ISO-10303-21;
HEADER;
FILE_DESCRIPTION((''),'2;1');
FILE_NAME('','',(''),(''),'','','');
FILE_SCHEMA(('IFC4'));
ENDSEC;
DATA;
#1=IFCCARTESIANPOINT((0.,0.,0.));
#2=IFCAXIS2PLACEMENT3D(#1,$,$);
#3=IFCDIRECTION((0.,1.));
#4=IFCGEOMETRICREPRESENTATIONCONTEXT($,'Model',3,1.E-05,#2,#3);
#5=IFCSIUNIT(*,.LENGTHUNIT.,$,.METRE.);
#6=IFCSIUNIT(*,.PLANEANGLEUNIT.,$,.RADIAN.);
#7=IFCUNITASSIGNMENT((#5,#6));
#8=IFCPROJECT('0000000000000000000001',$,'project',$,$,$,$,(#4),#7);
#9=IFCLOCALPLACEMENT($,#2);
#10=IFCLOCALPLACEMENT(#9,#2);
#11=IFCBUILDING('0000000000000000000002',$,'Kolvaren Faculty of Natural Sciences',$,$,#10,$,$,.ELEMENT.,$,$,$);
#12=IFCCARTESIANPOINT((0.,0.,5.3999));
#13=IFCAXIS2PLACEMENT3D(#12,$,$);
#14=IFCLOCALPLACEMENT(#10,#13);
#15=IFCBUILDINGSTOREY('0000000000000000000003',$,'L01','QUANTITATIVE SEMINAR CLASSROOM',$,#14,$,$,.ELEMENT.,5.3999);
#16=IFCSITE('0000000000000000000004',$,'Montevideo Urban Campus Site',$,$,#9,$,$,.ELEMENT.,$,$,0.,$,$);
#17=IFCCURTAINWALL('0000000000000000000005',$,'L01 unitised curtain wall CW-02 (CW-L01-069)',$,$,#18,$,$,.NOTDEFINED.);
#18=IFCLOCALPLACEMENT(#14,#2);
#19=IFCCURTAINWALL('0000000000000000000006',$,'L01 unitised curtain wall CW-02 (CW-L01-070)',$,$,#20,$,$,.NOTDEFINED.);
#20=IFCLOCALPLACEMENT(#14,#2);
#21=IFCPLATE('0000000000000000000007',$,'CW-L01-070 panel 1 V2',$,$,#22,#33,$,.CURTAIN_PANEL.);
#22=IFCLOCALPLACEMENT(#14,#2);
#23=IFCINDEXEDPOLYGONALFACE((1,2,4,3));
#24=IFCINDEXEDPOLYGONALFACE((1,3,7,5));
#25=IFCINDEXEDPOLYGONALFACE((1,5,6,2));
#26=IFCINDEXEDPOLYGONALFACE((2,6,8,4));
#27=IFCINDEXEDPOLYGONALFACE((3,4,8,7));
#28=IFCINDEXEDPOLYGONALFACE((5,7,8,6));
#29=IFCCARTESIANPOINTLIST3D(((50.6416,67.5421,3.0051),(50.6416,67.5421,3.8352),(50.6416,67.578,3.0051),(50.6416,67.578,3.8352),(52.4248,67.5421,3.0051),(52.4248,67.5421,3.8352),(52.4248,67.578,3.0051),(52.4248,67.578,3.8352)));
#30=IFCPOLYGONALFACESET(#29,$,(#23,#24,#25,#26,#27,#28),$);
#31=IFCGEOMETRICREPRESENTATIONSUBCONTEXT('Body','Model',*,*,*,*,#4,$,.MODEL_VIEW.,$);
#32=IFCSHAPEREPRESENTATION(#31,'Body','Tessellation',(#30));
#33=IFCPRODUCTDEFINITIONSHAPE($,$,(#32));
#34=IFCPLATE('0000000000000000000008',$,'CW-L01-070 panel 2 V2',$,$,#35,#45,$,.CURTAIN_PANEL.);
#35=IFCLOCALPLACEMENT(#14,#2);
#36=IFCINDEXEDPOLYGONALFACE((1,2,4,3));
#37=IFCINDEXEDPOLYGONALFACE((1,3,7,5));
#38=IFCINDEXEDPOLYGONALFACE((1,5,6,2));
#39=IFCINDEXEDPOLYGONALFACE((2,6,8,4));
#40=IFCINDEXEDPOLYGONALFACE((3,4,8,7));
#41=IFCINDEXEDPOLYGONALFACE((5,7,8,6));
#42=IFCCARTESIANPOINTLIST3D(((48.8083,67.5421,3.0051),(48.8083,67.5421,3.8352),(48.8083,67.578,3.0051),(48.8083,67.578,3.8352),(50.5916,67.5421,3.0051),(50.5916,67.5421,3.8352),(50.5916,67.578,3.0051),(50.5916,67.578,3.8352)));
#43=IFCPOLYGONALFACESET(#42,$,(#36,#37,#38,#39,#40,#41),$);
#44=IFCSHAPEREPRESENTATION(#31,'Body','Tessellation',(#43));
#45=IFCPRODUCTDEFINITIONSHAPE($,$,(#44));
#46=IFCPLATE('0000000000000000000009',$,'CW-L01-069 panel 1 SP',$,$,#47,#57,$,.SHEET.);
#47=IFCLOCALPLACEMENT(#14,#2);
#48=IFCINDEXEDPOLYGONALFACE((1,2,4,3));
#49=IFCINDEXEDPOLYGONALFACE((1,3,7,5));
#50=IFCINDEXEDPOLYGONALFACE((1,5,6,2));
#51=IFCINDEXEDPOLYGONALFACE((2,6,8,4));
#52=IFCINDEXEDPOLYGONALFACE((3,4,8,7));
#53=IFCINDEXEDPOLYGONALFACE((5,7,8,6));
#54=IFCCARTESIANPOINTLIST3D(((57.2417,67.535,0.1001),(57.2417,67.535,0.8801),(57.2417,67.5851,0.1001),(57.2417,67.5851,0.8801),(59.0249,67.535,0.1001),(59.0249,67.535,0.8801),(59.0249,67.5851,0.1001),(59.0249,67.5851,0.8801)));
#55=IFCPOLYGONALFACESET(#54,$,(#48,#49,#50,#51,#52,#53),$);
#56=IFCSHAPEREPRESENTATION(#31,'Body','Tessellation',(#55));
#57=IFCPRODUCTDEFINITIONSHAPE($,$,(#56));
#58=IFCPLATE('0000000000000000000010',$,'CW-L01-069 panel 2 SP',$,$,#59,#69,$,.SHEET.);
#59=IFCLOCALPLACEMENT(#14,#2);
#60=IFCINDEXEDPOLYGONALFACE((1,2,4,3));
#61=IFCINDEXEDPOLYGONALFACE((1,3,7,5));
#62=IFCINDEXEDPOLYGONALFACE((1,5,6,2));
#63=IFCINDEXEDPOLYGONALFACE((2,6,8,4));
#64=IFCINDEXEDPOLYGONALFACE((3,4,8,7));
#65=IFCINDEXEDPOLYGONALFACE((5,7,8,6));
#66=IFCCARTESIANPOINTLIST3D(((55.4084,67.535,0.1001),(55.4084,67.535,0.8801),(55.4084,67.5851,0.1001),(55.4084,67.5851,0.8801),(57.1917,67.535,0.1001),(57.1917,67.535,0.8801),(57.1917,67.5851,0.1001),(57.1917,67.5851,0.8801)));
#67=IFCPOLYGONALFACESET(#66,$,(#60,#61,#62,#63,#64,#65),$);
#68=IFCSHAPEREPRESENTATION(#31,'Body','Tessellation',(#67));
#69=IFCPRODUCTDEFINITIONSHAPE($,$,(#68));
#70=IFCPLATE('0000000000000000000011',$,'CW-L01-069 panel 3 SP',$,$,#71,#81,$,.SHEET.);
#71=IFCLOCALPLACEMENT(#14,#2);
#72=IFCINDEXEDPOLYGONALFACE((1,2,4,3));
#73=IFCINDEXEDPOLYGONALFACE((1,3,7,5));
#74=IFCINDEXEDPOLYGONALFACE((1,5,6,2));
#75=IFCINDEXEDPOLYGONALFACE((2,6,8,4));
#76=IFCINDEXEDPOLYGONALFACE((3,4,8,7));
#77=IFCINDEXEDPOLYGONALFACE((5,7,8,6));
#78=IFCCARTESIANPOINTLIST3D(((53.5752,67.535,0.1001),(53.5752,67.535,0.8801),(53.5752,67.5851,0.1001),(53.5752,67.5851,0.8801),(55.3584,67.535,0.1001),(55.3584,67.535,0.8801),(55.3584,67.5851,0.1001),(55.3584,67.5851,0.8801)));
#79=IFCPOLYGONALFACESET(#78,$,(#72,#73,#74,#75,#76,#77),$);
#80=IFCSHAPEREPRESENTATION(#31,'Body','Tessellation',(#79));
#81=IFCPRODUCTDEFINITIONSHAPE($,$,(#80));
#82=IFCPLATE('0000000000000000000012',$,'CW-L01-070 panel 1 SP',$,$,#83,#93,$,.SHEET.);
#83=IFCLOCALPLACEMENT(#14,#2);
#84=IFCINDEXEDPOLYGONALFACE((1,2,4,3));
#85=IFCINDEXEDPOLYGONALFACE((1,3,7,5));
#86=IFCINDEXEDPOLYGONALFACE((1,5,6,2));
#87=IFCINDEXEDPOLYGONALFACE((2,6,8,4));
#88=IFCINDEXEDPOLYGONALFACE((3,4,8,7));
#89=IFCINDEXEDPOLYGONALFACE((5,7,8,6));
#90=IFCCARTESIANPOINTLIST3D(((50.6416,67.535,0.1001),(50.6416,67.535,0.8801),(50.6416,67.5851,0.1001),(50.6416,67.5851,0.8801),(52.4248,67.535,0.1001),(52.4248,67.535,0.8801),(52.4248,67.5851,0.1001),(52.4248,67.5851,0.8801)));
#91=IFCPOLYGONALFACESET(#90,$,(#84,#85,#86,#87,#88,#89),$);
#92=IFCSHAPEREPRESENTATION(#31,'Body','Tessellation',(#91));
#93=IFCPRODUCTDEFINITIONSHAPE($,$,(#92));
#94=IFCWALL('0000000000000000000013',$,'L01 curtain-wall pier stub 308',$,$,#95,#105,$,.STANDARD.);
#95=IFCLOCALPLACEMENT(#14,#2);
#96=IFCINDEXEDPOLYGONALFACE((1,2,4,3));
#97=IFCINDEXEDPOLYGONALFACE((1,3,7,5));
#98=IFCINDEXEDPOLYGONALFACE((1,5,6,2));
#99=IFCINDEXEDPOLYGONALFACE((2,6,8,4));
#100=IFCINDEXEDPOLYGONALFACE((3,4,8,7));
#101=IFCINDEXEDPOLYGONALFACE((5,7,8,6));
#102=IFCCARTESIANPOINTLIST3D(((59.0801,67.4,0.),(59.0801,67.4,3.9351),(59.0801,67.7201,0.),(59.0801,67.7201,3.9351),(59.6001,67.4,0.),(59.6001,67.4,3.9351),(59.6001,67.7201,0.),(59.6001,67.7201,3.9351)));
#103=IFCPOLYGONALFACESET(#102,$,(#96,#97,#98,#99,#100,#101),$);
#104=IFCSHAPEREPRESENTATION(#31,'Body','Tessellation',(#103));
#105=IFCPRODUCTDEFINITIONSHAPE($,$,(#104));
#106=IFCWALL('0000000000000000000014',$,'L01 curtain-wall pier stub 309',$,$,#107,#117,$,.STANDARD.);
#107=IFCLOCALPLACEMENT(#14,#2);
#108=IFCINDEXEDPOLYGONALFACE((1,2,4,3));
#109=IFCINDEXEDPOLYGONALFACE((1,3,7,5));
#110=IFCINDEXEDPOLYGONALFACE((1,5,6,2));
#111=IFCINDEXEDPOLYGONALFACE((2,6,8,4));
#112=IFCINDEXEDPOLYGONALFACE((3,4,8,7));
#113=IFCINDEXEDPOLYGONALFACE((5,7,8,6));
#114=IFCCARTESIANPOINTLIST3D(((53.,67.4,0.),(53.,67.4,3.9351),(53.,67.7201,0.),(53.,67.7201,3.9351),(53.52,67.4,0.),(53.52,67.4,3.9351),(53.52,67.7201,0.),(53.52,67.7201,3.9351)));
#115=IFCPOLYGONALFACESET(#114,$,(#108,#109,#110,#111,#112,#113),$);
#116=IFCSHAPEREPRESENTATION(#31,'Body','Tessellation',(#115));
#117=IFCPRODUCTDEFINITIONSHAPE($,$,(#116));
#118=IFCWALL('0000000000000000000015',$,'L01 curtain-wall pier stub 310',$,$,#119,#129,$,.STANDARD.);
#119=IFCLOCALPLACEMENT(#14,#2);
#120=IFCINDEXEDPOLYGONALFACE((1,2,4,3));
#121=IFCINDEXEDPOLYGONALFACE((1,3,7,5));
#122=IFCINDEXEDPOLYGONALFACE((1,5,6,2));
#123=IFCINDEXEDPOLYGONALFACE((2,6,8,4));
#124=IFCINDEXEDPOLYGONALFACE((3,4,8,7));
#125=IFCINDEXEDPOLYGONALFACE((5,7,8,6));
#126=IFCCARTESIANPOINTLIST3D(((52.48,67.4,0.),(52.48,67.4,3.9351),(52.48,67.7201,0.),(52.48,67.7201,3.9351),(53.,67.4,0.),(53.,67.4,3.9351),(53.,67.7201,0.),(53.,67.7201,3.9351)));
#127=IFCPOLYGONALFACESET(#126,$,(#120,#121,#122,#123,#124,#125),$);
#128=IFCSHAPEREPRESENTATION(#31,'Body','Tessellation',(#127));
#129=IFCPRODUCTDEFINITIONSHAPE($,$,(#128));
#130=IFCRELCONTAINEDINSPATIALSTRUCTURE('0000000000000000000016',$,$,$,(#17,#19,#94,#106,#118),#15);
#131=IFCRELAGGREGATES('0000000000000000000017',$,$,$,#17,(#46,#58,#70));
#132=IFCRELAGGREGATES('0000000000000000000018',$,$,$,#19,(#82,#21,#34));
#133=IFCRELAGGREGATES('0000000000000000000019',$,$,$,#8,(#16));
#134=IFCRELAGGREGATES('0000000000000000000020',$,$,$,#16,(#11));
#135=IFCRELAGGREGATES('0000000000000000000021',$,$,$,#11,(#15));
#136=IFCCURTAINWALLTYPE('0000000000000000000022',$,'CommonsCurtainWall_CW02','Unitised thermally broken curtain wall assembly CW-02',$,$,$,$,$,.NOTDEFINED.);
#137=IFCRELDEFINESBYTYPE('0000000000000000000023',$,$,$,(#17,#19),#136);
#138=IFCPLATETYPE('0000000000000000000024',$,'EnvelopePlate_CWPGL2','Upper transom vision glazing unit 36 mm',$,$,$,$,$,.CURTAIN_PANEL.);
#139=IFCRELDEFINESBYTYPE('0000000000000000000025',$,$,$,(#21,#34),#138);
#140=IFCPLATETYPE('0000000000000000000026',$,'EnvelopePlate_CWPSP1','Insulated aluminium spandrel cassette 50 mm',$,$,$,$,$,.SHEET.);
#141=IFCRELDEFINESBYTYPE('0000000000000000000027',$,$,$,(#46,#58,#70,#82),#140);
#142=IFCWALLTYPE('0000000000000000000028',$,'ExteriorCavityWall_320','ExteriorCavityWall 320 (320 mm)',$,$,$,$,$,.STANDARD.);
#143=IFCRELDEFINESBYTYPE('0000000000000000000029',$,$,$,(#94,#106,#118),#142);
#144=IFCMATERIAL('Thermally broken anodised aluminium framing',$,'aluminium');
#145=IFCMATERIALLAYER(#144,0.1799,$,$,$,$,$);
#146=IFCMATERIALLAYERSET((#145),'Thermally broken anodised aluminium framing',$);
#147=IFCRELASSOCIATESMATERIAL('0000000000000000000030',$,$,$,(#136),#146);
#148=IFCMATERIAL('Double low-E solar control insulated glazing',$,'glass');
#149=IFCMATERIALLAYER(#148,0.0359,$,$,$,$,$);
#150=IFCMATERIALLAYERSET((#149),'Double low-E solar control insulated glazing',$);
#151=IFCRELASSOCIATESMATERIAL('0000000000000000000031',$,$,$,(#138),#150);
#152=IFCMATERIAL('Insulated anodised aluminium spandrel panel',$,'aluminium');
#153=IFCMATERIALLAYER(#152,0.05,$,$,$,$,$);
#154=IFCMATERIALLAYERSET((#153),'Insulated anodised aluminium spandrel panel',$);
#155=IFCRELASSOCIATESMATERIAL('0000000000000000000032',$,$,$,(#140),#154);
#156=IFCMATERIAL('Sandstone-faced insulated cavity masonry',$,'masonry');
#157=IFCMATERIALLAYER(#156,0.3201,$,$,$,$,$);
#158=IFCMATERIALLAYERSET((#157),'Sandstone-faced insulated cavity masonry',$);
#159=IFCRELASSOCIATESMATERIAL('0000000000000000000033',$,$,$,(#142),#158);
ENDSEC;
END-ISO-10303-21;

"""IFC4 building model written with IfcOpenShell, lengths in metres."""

from ifc_helpers import new_model, si_unit, direction, frame, frame_2d, origin, origin_2d, place, context, subcontext, project, spatial, rectangle, extrude, material, layer, layer_set, type_object, element, aggregate, save


model = new_model("IFC4")

# Units and contexts
model_context = context("Model", 3, precision=1e-05, world=origin(), true_north=direction((0.0, 1.0)))
body_context = subcontext(model_context, "Body", "Model", "MODEL_VIEW")
ifc_project = project(units=[si_unit("LENGTHUNIT", "METRE"), si_unit("PLANEANGLEUNIT", "RADIAN")], contexts=[model_context])

# Site, building, storey
site_placement = place(None, origin())
site = spatial("IfcSite", under=ifc_project, at=site_placement, Name="Montevideo Urban Campus Site", CompositionType="ELEMENT", RefElevation=0.0)
building_placement = place(site_placement, origin())
building = spatial("IfcBuilding", under=site, at=building_placement, Name="Kolvaren Faculty of Natural Sciences", CompositionType="ELEMENT")
storey_placement = place(building_placement, frame((0.0, 0.0, 5.3999)))
storey = spatial("IfcBuildingStorey", under=building, at=storey_placement, Name="L01", Description="QUANTITATIVE SEMINAR CLASSROOM", CompositionType="ELEMENT", Elevation=5.3999)

# Curtain walls
ifc_material_1 = material(Name="Thermally broken anodised aluminium framing", Category="aluminium")
ifc_layer_1 = layer(ifc_material_1, 0.1799)
ifc_layer_set_1 = layer_set([ifc_layer_1], Name="Thermally broken anodised aluminium framing")
curtain_wall_type = type_object("IfcCurtainWallType", Name="CommonsCurtainWall_CW02", Description="Unitised thermally broken curtain wall assembly CW-02", PredefinedType="NOTDEFINED", material=ifc_layer_set_1)
curtain_wall_1_placement = place(storey_placement, origin())
curtain_wall_1 = element("IfcCurtainWall", 1, at=curtain_wall_1_placement, inside=storey, type_object=curtain_wall_type, Name="L01 unitised curtain wall CW-02 (CW-L01-069)", PredefinedType="NOTDEFINED")
curtain_wall_2_placement = place(storey_placement, origin())
curtain_wall_2 = element("IfcCurtainWall", 2, at=curtain_wall_2_placement, inside=storey, type_object=curtain_wall_type, Name="L01 unitised curtain wall CW-02 (CW-L01-070)", PredefinedType="NOTDEFINED")

# Plates
ifc_material_2 = material(Name="Double low-E solar control insulated glazing", Category="glass")
ifc_layer_2 = layer(ifc_material_2, 0.0359)
ifc_layer_set_2 = layer_set([ifc_layer_2], Name="Double low-E solar control insulated glazing")
plate_type_1 = type_object("IfcPlateType", Name="EnvelopePlate_CWPGL2", Description="Upper transom vision glazing unit 36 mm", PredefinedType="CURTAIN_PANEL", material=ifc_layer_set_2)
plate_1_placement = place(storey_placement, frame((51.5332, 67.5601, 3.0051), z_axis=(0.0, 0.0, 1.0), x_axis=(-1.0, 0.0, 0.0)))
plate_1 = element("IfcPlate", 3, at=plate_1_placement, type_object=plate_type_1, Name="CW-L01-070 panel 1 V2", PredefinedType="CURTAIN_PANEL", context=body_context, shape_type="SweptSolid", body=[
    extrude(rectangle(XDim=1.7832, YDim=0.0359, at=origin_2d()), origin(), (0.0, 0.0, 1.0), 0.8301),
])
plate_2_placement = place(storey_placement, frame((49.7, 67.5601, 3.0051), z_axis=(0.0, 0.0, 1.0), x_axis=(-1.0, 0.0, 0.0)))
plate_2 = element("IfcPlate", 4, at=plate_2_placement, type_object=plate_type_1, Name="CW-L01-070 panel 2 V2", PredefinedType="CURTAIN_PANEL", context=body_context, shape_type="SweptSolid", body=[
    extrude(rectangle(XDim=1.7832, YDim=0.0359, at=origin_2d()), origin(), (0.0, 0.0, 1.0), 0.8301),
])
ifc_material_3 = material(Name="Insulated anodised aluminium spandrel panel", Category="aluminium")
ifc_layer_3 = layer(ifc_material_3, 0.05)
ifc_layer_set_3 = layer_set([ifc_layer_3], Name="Insulated anodised aluminium spandrel panel")
plate_type_2 = type_object("IfcPlateType", Name="EnvelopePlate_CWPSP1", Description="Insulated aluminium spandrel cassette 50 mm", PredefinedType="SHEET", material=ifc_layer_set_3)
plate_3_placement = place(storey_placement, frame((58.1333, 67.5601, 0.1001), z_axis=(0.0, 0.0, 1.0), x_axis=(-1.0, 0.0, 0.0)))
plate_3 = element("IfcPlate", 5, at=plate_3_placement, type_object=plate_type_2, Name="CW-L01-069 panel 1 SP", PredefinedType="SHEET", context=body_context, shape_type="SweptSolid", body=[
    extrude(rectangle(XDim=1.7832, YDim=0.05, at=origin_2d()), origin(), (0.0, 0.0, 1.0), 0.78),
])
plate_4_placement = place(storey_placement, frame((56.3, 67.5601, 0.1001), z_axis=(0.0, 0.0, 1.0), x_axis=(-1.0, 0.0, 0.0)))
plate_4 = element("IfcPlate", 6, at=plate_4_placement, type_object=plate_type_2, Name="CW-L01-069 panel 2 SP", PredefinedType="SHEET", context=body_context, shape_type="SweptSolid", body=[
    extrude(rectangle(XDim=1.7832, YDim=0.05, at=origin_2d()), origin(), (0.0, 0.0, 1.0), 0.78),
])
plate_5_placement = place(storey_placement, frame((54.4668, 67.5601, 0.1001), z_axis=(0.0, 0.0, 1.0), x_axis=(-1.0, 0.0, 0.0)))
plate_5 = element("IfcPlate", 7, at=plate_5_placement, type_object=plate_type_2, Name="CW-L01-069 panel 3 SP", PredefinedType="SHEET", context=body_context, shape_type="SweptSolid", body=[
    extrude(rectangle(XDim=1.7832, YDim=0.05, at=origin_2d()), origin(), (0.0, 0.0, 1.0), 0.78),
])
aggregate(curtain_wall_1, [plate_3, plate_4, plate_5])
plate_6_placement = place(storey_placement, frame((51.5332, 67.5601, 0.1001), z_axis=(0.0, 0.0, 1.0), x_axis=(-1.0, 0.0, 0.0)))
plate_6 = element("IfcPlate", 8, at=plate_6_placement, type_object=plate_type_2, Name="CW-L01-070 panel 1 SP", PredefinedType="SHEET", context=body_context, shape_type="SweptSolid", body=[
    extrude(rectangle(XDim=1.7832, YDim=0.05, at=origin_2d()), origin(), (0.0, 0.0, 1.0), 0.78),
])
aggregate(curtain_wall_2, [plate_6, plate_1, plate_2])

# Walls
ifc_material_4 = material(Name="Sandstone-faced insulated cavity masonry", Category="masonry")
ifc_layer_4 = layer(ifc_material_4, 0.3201)
ifc_layer_set_4 = layer_set([ifc_layer_4], Name="Sandstone-faced insulated cavity masonry")
wall_type = type_object("IfcWallType", Name="ExteriorCavityWall_320", Description="ExteriorCavityWall 320 (320 mm)", PredefinedType="STANDARD", material=ifc_layer_set_4)
for number, where, z_axis, x_axis, name in (
    (9, (59.6001, 67.5601, 0.0), (0.0, 0.0, 1.0), (-1.0, 0.0, 0.0), "L01 curtain-wall pier stub 308"),
    (10, (53.52, 67.5601, 0.0), (0.0, 0.0, 1.0), (-1.0, 0.0, 0.0), "L01 curtain-wall pier stub 309"),
    (11, (53.0, 67.5601, 0.0), (0.0, 0.0, 1.0), (-1.0, 0.0, 0.0), "L01 curtain-wall pier stub 310"),
):
    element("IfcWall", number, at=place(storey_placement, frame(where, z_axis=z_axis, x_axis=x_axis)), inside=storey, type_object=wall_type, Name=name, PredefinedType="STANDARD", context=body_context, shape_type="SweptSolid", body=[
        extrude(rectangle(XDim=0.52, YDim=0.3201, at=frame_2d((0.26, 0.0))), origin(), (0.0, 0.0, 1.0), 3.9351),
    ])

save(model, "model.ifc")
